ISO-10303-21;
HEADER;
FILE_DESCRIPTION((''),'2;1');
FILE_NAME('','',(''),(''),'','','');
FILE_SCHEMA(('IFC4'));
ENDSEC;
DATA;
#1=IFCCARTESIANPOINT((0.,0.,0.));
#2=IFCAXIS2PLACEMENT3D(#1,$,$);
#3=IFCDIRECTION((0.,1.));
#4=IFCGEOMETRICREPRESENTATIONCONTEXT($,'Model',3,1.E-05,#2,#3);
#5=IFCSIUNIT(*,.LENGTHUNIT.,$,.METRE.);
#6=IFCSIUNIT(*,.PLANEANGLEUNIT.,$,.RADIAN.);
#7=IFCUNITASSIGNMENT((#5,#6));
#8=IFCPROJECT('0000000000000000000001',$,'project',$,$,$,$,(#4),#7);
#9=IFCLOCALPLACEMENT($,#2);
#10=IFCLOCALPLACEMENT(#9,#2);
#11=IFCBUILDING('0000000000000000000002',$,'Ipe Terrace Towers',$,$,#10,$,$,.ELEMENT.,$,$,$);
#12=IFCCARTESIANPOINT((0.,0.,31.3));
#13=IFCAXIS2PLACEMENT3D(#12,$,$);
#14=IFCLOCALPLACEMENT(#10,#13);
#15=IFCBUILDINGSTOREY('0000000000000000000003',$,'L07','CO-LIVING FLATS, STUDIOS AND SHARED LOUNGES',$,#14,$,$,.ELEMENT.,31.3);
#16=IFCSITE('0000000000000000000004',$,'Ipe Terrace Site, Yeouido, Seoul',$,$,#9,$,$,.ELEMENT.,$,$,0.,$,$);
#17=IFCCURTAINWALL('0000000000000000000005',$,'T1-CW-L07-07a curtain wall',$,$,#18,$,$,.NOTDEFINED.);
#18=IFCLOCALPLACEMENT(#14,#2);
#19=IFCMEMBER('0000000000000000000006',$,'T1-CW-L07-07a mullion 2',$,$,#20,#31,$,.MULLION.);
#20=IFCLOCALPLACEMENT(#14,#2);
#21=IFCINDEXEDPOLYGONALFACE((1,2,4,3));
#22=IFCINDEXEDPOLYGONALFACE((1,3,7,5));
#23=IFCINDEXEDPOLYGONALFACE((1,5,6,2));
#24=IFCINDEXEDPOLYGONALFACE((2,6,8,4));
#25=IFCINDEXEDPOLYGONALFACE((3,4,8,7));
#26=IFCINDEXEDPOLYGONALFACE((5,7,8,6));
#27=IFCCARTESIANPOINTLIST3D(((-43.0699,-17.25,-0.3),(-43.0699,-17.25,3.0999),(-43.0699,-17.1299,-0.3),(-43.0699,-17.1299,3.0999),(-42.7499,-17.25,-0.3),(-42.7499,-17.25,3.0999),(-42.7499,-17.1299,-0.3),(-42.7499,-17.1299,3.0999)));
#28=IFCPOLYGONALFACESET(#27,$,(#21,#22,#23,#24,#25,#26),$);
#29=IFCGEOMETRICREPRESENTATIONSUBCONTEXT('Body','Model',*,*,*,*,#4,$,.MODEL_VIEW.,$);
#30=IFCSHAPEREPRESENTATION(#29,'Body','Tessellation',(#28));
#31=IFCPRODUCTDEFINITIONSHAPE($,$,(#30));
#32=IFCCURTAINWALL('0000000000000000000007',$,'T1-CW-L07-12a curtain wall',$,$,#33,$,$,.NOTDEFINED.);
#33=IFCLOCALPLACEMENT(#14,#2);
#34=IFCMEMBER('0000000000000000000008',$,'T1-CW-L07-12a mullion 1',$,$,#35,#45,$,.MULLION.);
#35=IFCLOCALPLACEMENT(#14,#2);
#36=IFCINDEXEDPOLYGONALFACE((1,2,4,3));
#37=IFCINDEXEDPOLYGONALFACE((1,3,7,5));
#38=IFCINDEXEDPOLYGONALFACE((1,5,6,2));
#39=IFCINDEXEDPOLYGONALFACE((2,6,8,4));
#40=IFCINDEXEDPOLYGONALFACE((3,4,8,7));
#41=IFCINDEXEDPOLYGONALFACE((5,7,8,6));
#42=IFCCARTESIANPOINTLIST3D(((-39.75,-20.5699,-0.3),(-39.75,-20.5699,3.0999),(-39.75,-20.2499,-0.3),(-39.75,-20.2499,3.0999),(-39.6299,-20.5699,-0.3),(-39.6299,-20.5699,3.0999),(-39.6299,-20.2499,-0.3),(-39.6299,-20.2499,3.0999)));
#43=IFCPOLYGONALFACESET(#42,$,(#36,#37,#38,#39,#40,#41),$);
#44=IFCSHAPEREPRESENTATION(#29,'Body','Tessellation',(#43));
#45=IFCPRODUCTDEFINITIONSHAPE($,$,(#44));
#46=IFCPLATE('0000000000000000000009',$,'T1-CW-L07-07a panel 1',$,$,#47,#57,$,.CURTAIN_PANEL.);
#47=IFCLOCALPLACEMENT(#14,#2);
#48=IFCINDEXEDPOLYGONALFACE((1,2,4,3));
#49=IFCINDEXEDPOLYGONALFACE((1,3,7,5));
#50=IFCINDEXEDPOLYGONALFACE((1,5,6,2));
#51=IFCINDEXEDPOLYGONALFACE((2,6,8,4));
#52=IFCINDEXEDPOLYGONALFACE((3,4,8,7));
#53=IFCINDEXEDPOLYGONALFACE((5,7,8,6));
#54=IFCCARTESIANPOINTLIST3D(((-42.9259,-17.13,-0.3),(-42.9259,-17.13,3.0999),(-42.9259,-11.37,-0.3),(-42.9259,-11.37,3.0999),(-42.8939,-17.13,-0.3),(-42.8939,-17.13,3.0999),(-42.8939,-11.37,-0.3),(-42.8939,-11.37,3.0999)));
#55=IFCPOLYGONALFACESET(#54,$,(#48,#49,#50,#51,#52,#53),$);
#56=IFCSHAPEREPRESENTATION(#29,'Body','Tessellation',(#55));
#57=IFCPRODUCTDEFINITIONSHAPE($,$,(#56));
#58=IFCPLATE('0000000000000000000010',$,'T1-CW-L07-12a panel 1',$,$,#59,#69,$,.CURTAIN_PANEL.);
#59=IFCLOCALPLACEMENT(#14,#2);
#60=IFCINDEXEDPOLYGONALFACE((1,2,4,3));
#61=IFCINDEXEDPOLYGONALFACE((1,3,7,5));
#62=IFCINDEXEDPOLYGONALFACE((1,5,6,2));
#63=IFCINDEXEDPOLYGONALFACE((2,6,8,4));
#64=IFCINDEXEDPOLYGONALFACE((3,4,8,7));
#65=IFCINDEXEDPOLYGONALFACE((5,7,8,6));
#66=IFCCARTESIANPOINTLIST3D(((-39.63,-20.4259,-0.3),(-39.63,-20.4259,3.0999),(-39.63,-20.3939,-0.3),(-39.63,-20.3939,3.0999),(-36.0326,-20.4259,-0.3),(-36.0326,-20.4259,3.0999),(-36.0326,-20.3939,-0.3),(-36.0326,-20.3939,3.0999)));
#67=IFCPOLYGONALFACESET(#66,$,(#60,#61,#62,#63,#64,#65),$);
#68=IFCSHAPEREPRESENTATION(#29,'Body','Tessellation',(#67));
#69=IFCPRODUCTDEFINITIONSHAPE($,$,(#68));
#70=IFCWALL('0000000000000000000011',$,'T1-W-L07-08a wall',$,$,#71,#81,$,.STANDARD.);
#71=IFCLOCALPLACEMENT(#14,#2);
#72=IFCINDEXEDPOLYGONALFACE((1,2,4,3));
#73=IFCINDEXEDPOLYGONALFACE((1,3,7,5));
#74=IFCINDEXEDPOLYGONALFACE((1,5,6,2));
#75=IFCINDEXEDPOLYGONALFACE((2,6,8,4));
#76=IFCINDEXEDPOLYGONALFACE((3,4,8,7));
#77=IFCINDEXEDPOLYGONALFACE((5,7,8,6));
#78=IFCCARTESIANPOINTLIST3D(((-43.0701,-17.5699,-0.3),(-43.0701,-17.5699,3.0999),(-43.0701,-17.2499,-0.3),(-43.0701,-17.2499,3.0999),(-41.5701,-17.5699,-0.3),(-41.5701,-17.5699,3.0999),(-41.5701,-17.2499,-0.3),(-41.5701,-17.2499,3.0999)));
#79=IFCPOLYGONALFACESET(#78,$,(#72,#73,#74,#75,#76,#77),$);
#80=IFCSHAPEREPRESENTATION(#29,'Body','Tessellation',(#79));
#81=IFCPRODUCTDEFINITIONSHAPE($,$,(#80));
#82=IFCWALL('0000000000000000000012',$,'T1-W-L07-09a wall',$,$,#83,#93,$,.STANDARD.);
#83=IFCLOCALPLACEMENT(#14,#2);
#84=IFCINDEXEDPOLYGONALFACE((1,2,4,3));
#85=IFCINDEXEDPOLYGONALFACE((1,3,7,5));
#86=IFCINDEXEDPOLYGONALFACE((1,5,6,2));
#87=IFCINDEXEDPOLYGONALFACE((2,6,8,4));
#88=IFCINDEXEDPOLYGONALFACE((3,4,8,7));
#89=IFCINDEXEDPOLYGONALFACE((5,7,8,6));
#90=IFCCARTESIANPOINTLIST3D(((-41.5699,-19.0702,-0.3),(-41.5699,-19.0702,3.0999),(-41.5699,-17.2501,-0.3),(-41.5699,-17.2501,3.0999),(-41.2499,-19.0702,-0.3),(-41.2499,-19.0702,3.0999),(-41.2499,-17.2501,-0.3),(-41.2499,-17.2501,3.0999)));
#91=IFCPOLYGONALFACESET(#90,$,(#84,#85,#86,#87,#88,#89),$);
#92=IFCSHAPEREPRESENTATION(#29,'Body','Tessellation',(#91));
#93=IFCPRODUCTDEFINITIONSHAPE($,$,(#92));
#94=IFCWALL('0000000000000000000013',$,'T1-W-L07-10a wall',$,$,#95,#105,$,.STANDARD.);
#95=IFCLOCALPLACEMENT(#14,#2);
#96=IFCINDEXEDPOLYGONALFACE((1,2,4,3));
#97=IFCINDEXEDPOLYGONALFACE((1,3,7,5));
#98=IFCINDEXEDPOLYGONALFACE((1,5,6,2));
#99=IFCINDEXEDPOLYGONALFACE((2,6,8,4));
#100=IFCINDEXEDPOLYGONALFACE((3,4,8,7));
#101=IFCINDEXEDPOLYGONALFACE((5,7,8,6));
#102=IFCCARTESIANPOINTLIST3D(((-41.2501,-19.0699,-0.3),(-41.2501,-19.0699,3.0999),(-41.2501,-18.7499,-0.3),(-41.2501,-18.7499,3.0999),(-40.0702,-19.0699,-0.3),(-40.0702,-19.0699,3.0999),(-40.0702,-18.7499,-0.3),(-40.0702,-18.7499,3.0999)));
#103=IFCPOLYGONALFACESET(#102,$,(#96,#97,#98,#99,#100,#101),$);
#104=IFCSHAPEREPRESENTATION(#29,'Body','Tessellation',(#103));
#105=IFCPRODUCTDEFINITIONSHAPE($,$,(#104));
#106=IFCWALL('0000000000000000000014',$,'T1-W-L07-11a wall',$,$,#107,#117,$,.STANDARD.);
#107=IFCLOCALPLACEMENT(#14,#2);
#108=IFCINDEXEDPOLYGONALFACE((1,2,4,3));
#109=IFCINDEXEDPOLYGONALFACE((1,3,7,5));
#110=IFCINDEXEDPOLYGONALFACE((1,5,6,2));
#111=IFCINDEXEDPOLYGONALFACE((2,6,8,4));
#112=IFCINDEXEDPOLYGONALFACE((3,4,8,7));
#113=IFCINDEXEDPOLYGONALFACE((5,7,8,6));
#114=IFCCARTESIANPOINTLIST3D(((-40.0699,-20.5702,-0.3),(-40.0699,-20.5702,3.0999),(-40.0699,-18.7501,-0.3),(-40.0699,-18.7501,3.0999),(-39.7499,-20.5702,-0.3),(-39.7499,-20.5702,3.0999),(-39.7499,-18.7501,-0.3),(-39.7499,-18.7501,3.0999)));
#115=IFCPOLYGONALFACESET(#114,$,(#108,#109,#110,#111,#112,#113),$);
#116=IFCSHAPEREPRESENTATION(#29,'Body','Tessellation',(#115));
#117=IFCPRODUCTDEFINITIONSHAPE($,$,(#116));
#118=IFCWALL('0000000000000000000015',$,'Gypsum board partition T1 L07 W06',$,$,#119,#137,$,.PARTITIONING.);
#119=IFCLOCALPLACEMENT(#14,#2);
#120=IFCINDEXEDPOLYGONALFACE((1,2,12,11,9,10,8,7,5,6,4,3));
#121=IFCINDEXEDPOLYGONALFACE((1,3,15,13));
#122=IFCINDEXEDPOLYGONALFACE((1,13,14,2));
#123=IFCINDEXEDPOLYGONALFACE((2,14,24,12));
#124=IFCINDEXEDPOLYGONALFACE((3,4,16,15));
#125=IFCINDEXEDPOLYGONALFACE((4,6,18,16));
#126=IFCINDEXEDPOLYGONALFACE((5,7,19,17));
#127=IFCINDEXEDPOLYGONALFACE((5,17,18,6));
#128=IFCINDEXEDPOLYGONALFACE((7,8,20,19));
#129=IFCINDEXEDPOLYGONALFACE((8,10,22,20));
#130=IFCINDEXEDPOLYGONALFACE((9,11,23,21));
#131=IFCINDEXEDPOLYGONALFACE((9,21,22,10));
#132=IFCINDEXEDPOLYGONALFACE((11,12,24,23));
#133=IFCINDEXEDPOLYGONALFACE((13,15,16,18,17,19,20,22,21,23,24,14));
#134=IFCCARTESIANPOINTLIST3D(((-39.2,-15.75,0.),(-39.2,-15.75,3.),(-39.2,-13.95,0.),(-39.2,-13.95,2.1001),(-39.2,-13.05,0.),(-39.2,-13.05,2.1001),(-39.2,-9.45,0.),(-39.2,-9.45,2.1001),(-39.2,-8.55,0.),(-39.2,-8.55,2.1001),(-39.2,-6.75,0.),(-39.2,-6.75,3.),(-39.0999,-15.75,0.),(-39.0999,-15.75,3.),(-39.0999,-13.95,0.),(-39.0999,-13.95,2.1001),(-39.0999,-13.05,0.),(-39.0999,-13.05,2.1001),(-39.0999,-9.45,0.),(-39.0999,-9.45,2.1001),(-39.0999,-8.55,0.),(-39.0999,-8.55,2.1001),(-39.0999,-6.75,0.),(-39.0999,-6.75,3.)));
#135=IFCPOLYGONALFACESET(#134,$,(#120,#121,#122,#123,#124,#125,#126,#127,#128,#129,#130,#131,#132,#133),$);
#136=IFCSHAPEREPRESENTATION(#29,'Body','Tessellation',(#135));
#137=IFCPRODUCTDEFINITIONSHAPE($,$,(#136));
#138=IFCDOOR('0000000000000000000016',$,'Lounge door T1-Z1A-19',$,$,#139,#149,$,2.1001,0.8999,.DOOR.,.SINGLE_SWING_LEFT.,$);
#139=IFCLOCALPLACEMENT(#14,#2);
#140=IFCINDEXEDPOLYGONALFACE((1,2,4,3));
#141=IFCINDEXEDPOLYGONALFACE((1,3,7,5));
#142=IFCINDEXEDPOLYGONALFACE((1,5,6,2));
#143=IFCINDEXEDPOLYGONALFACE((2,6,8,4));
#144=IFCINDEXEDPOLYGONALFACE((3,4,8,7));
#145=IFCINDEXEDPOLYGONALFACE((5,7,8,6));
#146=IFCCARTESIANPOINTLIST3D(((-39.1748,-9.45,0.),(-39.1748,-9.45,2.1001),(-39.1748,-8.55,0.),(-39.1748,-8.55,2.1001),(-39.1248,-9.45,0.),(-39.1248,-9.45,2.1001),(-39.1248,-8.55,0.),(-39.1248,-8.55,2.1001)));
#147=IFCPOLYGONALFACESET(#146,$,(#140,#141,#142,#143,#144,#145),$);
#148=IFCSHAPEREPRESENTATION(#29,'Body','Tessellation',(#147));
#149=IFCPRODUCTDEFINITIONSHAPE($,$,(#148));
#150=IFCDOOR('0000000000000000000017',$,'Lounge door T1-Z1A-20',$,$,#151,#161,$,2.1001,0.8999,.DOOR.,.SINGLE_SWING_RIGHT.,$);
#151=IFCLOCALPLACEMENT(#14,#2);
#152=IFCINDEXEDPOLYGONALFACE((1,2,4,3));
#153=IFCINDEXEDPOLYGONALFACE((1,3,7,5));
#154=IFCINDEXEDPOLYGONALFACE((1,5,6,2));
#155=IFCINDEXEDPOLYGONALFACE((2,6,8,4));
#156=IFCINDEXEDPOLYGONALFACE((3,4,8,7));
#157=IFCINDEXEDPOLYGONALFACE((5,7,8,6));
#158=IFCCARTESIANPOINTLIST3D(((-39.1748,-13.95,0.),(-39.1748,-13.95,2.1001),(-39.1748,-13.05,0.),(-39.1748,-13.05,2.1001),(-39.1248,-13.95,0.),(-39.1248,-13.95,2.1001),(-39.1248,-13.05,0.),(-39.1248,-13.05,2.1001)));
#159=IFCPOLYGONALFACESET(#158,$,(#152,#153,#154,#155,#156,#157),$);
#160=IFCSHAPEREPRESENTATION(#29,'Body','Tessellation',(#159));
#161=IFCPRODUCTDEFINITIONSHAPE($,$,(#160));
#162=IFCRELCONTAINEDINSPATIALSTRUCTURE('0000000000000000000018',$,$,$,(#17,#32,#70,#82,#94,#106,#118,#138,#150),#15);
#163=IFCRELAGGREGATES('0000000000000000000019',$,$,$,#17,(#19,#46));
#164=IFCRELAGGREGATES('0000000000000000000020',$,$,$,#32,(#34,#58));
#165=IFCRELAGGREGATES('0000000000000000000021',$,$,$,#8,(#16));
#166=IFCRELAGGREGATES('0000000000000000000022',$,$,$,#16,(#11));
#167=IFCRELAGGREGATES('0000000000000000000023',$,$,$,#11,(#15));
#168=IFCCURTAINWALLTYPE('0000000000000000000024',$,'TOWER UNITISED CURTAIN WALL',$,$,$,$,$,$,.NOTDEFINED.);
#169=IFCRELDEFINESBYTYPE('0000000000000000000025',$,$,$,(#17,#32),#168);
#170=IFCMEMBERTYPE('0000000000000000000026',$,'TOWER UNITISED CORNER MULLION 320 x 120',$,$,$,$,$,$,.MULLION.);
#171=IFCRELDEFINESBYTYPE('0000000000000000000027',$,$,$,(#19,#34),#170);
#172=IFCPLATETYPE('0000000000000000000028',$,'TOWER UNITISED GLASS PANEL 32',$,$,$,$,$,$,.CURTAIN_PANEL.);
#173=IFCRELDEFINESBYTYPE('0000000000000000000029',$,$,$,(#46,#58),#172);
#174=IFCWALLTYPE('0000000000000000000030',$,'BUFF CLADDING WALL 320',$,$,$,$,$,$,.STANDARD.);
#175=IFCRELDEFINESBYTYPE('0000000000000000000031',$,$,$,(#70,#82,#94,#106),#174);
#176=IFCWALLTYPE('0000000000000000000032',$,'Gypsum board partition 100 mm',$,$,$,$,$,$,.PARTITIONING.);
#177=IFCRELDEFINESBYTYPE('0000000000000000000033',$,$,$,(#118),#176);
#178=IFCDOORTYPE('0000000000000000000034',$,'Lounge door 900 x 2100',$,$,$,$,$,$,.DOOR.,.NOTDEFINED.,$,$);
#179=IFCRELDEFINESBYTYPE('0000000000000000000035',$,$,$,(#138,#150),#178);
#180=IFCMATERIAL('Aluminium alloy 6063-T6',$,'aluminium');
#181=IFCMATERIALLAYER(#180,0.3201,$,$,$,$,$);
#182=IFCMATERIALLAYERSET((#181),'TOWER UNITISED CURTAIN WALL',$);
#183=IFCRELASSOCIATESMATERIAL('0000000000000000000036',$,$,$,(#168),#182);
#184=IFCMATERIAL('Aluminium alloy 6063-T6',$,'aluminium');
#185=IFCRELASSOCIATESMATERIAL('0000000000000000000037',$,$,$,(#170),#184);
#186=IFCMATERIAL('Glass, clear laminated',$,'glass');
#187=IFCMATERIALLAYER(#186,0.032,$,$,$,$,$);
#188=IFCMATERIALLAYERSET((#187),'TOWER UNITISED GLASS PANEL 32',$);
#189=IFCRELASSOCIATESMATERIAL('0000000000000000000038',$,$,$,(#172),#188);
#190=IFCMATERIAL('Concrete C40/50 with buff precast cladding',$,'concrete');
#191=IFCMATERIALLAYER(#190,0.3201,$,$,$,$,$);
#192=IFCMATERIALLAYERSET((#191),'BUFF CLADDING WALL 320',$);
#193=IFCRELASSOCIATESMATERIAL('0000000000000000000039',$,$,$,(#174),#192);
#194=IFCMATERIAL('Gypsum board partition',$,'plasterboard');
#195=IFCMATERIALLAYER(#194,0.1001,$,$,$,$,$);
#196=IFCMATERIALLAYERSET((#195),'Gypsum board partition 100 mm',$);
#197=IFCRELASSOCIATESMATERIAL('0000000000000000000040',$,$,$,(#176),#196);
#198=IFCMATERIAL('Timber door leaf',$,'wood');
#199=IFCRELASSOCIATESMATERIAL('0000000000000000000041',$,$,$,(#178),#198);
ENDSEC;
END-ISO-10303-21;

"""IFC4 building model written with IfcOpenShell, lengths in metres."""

from ifc_helpers import new_model, si_unit, direction, frame, frame_2d, origin, origin_2d, place, context, subcontext, project, spatial, rectangle, extrude, material, layer, layer_set, material_profile, profile_set, type_object, element, fill, aggregate, save


model = new_model("IFC4")

# Units and contexts
model_context = context("Model", 3, precision=1e-05, world=origin(), true_north=direction((0.0, 1.0)))
body_context = subcontext(model_context, "Body", "Model", "MODEL_VIEW")
ifc_project = project(units=[si_unit("LENGTHUNIT", "METRE"), si_unit("PLANEANGLEUNIT", "RADIAN")], contexts=[model_context])

# Site, building, storey
site_placement = place(None, origin())
site = spatial("IfcSite", under=ifc_project, at=site_placement, Name="Ipe Terrace Site, Yeouido, Seoul", CompositionType="ELEMENT", RefElevation=0.0)
building_placement = place(site_placement, origin())
building = spatial("IfcBuilding", under=site, at=building_placement, Name="Ipe Terrace Towers", CompositionType="ELEMENT")
storey_placement = place(building_placement, frame((0.0, 0.0, 31.3)))
storey = spatial("IfcBuildingStorey", under=building, at=storey_placement, Name="L07", Description="CO-LIVING FLATS, STUDIOS AND SHARED LOUNGES", CompositionType="ELEMENT", Elevation=31.3)

# Curtain walls, members
ifc_material_1 = material(Name="Aluminium alloy 6063-T6", Category="aluminium")
ifc_layer_1 = layer(ifc_material_1, 0.3201)
ifc_layer_set_1 = layer_set([ifc_layer_1], Name="TOWER UNITISED CURTAIN WALL")
curtain_wall_type = type_object("IfcCurtainWallType", Name="TOWER UNITISED CURTAIN WALL", PredefinedType="NOTDEFINED", material=ifc_layer_set_1)
curtain_wall_1_placement = place(storey_placement, origin())
curtain_wall_1 = element("IfcCurtainWall", 1, at=curtain_wall_1_placement, inside=storey, type_object=curtain_wall_type, Name="T1-CW-L07-07a curtain wall", PredefinedType="NOTDEFINED")
ifc_material_2 = material(Name="Aluminium alloy 6063-T6", Category="aluminium")
ifc_material_profile_1 = material_profile(ifc_material_2, rectangle(XDim=0.3201, YDim=0.1201, at=origin_2d()), Name="TOWER UNITISED CORNER MULLION 320 x 120")
ifc_profile_set_1 = profile_set([ifc_material_profile_1], Name="Aluminium alloy 6063-T6")
member_type = type_object("IfcMemberType", Name="TOWER UNITISED CORNER MULLION 320 x 120", PredefinedType="MULLION", material=ifc_profile_set_1)
member_1_placement = place(storey_placement, frame((-42.9099, -17.1899, -0.3), z_axis=(0.0, 0.0, 1.0), x_axis=(-1.0, 0.0, 0.0)))
member_1 = element("IfcMember", 2, at=member_1_placement, type_object=member_type, Name="T1-CW-L07-07a mullion 2", PredefinedType="MULLION", context=body_context, shape_type="SweptSolid", body=[
    extrude(rectangle(XDim=0.3201, YDim=0.1201, at=origin_2d()), origin(), (0.0, 0.0, 1.0), 3.3999),
])
curtain_wall_2_placement = place(storey_placement, origin())
curtain_wall_2 = element("IfcCurtainWall", 3, at=curtain_wall_2_placement, inside=storey, type_object=curtain_wall_type, Name="T1-CW-L07-12a curtain wall", PredefinedType="NOTDEFINED")
member_2_placement = place(storey_placement, frame((-39.6899, -20.4099, -0.3), z_axis=(0.0, 0.0, 1.0), x_axis=(0.0, -1.0, 0.0)))
member_2 = element("IfcMember", 4, at=member_2_placement, type_object=member_type, Name="T1-CW-L07-12a mullion 1", PredefinedType="MULLION", context=body_context, shape_type="SweptSolid", body=[
    extrude(rectangle(XDim=0.3201, YDim=0.1201, at=origin_2d()), origin(), (0.0, 0.0, 1.0), 3.3999),
])

# Plates
ifc_material_3 = material(Name="Glass, clear laminated", Category="glass")
ifc_layer_2 = layer(ifc_material_3, 0.032)
ifc_layer_set_2 = layer_set([ifc_layer_2], Name="TOWER UNITISED GLASS PANEL 32")
plate_type = type_object("IfcPlateType", Name="TOWER UNITISED GLASS PANEL 32", PredefinedType="CURTAIN_PANEL", material=ifc_layer_set_2)
plate_1_placement = place(storey_placement, frame((-42.9099, -14.25, -0.3), z_axis=(0.0, 0.0, 1.0), x_axis=(0.0, -1.0, 0.0)))
plate_1 = element("IfcPlate", 5, at=plate_1_placement, type_object=plate_type, Name="T1-CW-L07-07a panel 1", PredefinedType="CURTAIN_PANEL", context=body_context, shape_type="SweptSolid", body=[
    extrude(rectangle(XDim=5.76, YDim=0.032, at=origin_2d()), origin(), (0.0, 0.0, 1.0), 3.3999),
])
aggregate(curtain_wall_1, [member_1, plate_1])
plate_2_placement = place(storey_placement, frame((-37.8313, -20.4099, -0.3), z_axis=(0.0, 0.0, 1.0), x_axis=(1.0, 0.0, 0.0)))
plate_2 = element("IfcPlate", 6, at=plate_2_placement, type_object=plate_type, Name="T1-CW-L07-12a panel 1", PredefinedType="CURTAIN_PANEL", context=body_context, shape_type="SweptSolid", body=[
    extrude(rectangle(XDim=3.5974, YDim=0.032, at=origin_2d()), origin(), (0.0, 0.0, 1.0), 3.3999),
])
aggregate(curtain_wall_2, [member_2, plate_2])

# Walls
ifc_material_4 = material(Name="Concrete C40/50 with buff precast cladding", Category="concrete")
ifc_layer_3 = layer(ifc_material_4, 0.3201)
ifc_layer_set_3 = layer_set([ifc_layer_3], Name="BUFF CLADDING WALL 320")
wall_type_1 = type_object("IfcWallType", Name="BUFF CLADDING WALL 320", PredefinedType="STANDARD", material=ifc_layer_set_3)
wall_1_placement = place(storey_placement, frame((-43.0701, -17.4099, -0.3), z_axis=(0.0, 0.0, 1.0), x_axis=(1.0, 0.0, 0.0)))
element("IfcWall", 7, at=wall_1_placement, inside=storey, type_object=wall_type_1, Name="T1-W-L07-08a wall", PredefinedType="STANDARD", context=body_context, shape_type="SweptSolid", body=[
    extrude(rectangle(XDim=1.5, YDim=0.3201, at=frame_2d((0.75, 0.0))), origin(), (0.0, 0.0, 1.0), 3.3999),
])
wall_2_placement = place(storey_placement, frame((-41.4099, -17.25, -0.3), z_axis=(0.0, 0.0, 1.0), x_axis=(0.0, -1.0, 0.0)))
element("IfcWall", 8, at=wall_2_placement, inside=storey, type_object=wall_type_1, Name="T1-W-L07-09a wall", PredefinedType="STANDARD", context=body_context, shape_type="SweptSolid", body=[
    extrude(rectangle(XDim=1.8201, YDim=0.3201, at=frame_2d((0.9102, 0.0))), origin(), (0.0, 0.0, 1.0), 3.3999),
])
wall_3_placement = place(storey_placement, frame((-41.25, -18.9099, -0.3), z_axis=(0.0, 0.0, 1.0), x_axis=(1.0, 0.0, 0.0)))
element("IfcWall", 9, at=wall_3_placement, inside=storey, type_object=wall_type_1, Name="T1-W-L07-10a wall", PredefinedType="STANDARD", context=body_context, shape_type="SweptSolid", body=[
    extrude(rectangle(XDim=1.1799, YDim=0.3201, at=frame_2d((0.5898, 0.0))), origin(), (0.0, 0.0, 1.0), 3.3999),
])
wall_4_placement = place(storey_placement, frame((-39.9099, -18.75, -0.3), z_axis=(0.0, 0.0, 1.0), x_axis=(0.0, -1.0, 0.0)))
element("IfcWall", 10, at=wall_4_placement, inside=storey, type_object=wall_type_1, Name="T1-W-L07-11a wall", PredefinedType="STANDARD", context=body_context, shape_type="SweptSolid", body=[
    extrude(rectangle(XDim=1.8201, YDim=0.3201, at=frame_2d((0.9102, 0.0))), origin(), (0.0, 0.0, 1.0), 3.3999),
])

# Wall, openings, doors
ifc_material_5 = material(Name="Gypsum board partition", Category="plasterboard")
ifc_layer_4 = layer(ifc_material_5, 0.1001)
ifc_layer_set_4 = layer_set([ifc_layer_4], Name="Gypsum board partition 100 mm")
wall_type_2 = type_object("IfcWallType", Name="Gypsum board partition 100 mm", PredefinedType="PARTITIONING", material=ifc_layer_set_4)
wall_5_placement = place(storey_placement, frame((-39.1499, -15.75, 0.0), z_axis=(0.0, 0.0, 1.0), x_axis=(0.0, 1.0, 0.0)))
wall_5 = element("IfcWall", 11, at=wall_5_placement, inside=storey, type_object=wall_type_2, Name="Gypsum board partition T1 L07 W06", PredefinedType="PARTITIONING", context=body_context, shape_type="SweptSolid", body=[
    extrude(rectangle(XDim=9.0, YDim=0.1001, at=frame_2d((4.5, 0.0))), origin(), (0.0, 0.0, 1.0), 3.0),
])
opening_1_placement = place(wall_5_placement, frame((6.3, 0.0, 0.0)))
opening_1 = element("IfcOpeningElement", 12, at=opening_1_placement, cuts=wall_5, PredefinedType="OPENING", context=body_context, shape_type="SweptSolid", body=[
    extrude(rectangle(XDim=0.8999, YDim=2.1001, at=frame_2d((0.45, 1.05))), frame((0.0, 0.0601, 0.0), z_axis=(0.0, -1.0, 0.0), x_axis=(1.0, 0.0, 0.0)), (0.0, 0.0, 1.0), 0.1201),
])
opening_2_placement = place(wall_5_placement, frame((1.8, 0.0, 0.0)))
opening_2 = element("IfcOpeningElement", 13, at=opening_2_placement, cuts=wall_5, PredefinedType="OPENING", context=body_context, shape_type="SweptSolid", body=[
    extrude(rectangle(XDim=0.8999, YDim=2.1001, at=frame_2d((0.45, 1.05))), frame((0.0, 0.0601, 0.0), z_axis=(0.0, -1.0, 0.0), x_axis=(1.0, 0.0, 0.0)), (0.0, 0.0, 1.0), 0.1201),
])
ifc_material_6 = material(Name="Timber door leaf", Category="wood")
door_type_1 = type_object("IfcDoorType", Name="Lounge door 900 x 2100", OperationType="NOTDEFINED", PredefinedType="DOOR", material=ifc_material_6)
door_1_placement = place(opening_1_placement, origin())
door_1 = element("IfcDoor", 14, at=door_1_placement, inside=storey, type_object=door_type_1, Name="Lounge door T1-Z1A-19", OperationType="SINGLE_SWING_LEFT", OverallHeight=2.1001, OverallWidth=0.8999, PredefinedType="DOOR", context=body_context, shape_type="SweptSolid", body=[
    extrude(rectangle(XDim=0.8999, YDim=2.1001, at=frame_2d((0.45, 1.05))), frame((0.0, 0.0249, 0.0), z_axis=(0.0, -1.0, 0.0), x_axis=(1.0, 0.0, 0.0)), (0.0, 0.0, 1.0), 0.05),
])
fill(opening_1, door_1)
door_2_placement = place(opening_2_placement, origin())
door_2 = element("IfcDoor", 15, at=door_2_placement, inside=storey, type_object=door_type_1, Name="Lounge door T1-Z1A-20", OperationType="SINGLE_SWING_RIGHT", OverallHeight=2.1001, OverallWidth=0.8999, PredefinedType="DOOR", context=body_context, shape_type="SweptSolid", body=[
    extrude(rectangle(XDim=0.8999, YDim=2.1001, at=frame_2d((0.45, 1.05))), frame((0.0, 0.0249, 0.0), z_axis=(0.0, -1.0, 0.0), x_axis=(1.0, 0.0, 0.0)), (0.0, 0.0, 1.0), 0.05),
])
fill(opening_2, door_2)

save(model, "model.ifc")
